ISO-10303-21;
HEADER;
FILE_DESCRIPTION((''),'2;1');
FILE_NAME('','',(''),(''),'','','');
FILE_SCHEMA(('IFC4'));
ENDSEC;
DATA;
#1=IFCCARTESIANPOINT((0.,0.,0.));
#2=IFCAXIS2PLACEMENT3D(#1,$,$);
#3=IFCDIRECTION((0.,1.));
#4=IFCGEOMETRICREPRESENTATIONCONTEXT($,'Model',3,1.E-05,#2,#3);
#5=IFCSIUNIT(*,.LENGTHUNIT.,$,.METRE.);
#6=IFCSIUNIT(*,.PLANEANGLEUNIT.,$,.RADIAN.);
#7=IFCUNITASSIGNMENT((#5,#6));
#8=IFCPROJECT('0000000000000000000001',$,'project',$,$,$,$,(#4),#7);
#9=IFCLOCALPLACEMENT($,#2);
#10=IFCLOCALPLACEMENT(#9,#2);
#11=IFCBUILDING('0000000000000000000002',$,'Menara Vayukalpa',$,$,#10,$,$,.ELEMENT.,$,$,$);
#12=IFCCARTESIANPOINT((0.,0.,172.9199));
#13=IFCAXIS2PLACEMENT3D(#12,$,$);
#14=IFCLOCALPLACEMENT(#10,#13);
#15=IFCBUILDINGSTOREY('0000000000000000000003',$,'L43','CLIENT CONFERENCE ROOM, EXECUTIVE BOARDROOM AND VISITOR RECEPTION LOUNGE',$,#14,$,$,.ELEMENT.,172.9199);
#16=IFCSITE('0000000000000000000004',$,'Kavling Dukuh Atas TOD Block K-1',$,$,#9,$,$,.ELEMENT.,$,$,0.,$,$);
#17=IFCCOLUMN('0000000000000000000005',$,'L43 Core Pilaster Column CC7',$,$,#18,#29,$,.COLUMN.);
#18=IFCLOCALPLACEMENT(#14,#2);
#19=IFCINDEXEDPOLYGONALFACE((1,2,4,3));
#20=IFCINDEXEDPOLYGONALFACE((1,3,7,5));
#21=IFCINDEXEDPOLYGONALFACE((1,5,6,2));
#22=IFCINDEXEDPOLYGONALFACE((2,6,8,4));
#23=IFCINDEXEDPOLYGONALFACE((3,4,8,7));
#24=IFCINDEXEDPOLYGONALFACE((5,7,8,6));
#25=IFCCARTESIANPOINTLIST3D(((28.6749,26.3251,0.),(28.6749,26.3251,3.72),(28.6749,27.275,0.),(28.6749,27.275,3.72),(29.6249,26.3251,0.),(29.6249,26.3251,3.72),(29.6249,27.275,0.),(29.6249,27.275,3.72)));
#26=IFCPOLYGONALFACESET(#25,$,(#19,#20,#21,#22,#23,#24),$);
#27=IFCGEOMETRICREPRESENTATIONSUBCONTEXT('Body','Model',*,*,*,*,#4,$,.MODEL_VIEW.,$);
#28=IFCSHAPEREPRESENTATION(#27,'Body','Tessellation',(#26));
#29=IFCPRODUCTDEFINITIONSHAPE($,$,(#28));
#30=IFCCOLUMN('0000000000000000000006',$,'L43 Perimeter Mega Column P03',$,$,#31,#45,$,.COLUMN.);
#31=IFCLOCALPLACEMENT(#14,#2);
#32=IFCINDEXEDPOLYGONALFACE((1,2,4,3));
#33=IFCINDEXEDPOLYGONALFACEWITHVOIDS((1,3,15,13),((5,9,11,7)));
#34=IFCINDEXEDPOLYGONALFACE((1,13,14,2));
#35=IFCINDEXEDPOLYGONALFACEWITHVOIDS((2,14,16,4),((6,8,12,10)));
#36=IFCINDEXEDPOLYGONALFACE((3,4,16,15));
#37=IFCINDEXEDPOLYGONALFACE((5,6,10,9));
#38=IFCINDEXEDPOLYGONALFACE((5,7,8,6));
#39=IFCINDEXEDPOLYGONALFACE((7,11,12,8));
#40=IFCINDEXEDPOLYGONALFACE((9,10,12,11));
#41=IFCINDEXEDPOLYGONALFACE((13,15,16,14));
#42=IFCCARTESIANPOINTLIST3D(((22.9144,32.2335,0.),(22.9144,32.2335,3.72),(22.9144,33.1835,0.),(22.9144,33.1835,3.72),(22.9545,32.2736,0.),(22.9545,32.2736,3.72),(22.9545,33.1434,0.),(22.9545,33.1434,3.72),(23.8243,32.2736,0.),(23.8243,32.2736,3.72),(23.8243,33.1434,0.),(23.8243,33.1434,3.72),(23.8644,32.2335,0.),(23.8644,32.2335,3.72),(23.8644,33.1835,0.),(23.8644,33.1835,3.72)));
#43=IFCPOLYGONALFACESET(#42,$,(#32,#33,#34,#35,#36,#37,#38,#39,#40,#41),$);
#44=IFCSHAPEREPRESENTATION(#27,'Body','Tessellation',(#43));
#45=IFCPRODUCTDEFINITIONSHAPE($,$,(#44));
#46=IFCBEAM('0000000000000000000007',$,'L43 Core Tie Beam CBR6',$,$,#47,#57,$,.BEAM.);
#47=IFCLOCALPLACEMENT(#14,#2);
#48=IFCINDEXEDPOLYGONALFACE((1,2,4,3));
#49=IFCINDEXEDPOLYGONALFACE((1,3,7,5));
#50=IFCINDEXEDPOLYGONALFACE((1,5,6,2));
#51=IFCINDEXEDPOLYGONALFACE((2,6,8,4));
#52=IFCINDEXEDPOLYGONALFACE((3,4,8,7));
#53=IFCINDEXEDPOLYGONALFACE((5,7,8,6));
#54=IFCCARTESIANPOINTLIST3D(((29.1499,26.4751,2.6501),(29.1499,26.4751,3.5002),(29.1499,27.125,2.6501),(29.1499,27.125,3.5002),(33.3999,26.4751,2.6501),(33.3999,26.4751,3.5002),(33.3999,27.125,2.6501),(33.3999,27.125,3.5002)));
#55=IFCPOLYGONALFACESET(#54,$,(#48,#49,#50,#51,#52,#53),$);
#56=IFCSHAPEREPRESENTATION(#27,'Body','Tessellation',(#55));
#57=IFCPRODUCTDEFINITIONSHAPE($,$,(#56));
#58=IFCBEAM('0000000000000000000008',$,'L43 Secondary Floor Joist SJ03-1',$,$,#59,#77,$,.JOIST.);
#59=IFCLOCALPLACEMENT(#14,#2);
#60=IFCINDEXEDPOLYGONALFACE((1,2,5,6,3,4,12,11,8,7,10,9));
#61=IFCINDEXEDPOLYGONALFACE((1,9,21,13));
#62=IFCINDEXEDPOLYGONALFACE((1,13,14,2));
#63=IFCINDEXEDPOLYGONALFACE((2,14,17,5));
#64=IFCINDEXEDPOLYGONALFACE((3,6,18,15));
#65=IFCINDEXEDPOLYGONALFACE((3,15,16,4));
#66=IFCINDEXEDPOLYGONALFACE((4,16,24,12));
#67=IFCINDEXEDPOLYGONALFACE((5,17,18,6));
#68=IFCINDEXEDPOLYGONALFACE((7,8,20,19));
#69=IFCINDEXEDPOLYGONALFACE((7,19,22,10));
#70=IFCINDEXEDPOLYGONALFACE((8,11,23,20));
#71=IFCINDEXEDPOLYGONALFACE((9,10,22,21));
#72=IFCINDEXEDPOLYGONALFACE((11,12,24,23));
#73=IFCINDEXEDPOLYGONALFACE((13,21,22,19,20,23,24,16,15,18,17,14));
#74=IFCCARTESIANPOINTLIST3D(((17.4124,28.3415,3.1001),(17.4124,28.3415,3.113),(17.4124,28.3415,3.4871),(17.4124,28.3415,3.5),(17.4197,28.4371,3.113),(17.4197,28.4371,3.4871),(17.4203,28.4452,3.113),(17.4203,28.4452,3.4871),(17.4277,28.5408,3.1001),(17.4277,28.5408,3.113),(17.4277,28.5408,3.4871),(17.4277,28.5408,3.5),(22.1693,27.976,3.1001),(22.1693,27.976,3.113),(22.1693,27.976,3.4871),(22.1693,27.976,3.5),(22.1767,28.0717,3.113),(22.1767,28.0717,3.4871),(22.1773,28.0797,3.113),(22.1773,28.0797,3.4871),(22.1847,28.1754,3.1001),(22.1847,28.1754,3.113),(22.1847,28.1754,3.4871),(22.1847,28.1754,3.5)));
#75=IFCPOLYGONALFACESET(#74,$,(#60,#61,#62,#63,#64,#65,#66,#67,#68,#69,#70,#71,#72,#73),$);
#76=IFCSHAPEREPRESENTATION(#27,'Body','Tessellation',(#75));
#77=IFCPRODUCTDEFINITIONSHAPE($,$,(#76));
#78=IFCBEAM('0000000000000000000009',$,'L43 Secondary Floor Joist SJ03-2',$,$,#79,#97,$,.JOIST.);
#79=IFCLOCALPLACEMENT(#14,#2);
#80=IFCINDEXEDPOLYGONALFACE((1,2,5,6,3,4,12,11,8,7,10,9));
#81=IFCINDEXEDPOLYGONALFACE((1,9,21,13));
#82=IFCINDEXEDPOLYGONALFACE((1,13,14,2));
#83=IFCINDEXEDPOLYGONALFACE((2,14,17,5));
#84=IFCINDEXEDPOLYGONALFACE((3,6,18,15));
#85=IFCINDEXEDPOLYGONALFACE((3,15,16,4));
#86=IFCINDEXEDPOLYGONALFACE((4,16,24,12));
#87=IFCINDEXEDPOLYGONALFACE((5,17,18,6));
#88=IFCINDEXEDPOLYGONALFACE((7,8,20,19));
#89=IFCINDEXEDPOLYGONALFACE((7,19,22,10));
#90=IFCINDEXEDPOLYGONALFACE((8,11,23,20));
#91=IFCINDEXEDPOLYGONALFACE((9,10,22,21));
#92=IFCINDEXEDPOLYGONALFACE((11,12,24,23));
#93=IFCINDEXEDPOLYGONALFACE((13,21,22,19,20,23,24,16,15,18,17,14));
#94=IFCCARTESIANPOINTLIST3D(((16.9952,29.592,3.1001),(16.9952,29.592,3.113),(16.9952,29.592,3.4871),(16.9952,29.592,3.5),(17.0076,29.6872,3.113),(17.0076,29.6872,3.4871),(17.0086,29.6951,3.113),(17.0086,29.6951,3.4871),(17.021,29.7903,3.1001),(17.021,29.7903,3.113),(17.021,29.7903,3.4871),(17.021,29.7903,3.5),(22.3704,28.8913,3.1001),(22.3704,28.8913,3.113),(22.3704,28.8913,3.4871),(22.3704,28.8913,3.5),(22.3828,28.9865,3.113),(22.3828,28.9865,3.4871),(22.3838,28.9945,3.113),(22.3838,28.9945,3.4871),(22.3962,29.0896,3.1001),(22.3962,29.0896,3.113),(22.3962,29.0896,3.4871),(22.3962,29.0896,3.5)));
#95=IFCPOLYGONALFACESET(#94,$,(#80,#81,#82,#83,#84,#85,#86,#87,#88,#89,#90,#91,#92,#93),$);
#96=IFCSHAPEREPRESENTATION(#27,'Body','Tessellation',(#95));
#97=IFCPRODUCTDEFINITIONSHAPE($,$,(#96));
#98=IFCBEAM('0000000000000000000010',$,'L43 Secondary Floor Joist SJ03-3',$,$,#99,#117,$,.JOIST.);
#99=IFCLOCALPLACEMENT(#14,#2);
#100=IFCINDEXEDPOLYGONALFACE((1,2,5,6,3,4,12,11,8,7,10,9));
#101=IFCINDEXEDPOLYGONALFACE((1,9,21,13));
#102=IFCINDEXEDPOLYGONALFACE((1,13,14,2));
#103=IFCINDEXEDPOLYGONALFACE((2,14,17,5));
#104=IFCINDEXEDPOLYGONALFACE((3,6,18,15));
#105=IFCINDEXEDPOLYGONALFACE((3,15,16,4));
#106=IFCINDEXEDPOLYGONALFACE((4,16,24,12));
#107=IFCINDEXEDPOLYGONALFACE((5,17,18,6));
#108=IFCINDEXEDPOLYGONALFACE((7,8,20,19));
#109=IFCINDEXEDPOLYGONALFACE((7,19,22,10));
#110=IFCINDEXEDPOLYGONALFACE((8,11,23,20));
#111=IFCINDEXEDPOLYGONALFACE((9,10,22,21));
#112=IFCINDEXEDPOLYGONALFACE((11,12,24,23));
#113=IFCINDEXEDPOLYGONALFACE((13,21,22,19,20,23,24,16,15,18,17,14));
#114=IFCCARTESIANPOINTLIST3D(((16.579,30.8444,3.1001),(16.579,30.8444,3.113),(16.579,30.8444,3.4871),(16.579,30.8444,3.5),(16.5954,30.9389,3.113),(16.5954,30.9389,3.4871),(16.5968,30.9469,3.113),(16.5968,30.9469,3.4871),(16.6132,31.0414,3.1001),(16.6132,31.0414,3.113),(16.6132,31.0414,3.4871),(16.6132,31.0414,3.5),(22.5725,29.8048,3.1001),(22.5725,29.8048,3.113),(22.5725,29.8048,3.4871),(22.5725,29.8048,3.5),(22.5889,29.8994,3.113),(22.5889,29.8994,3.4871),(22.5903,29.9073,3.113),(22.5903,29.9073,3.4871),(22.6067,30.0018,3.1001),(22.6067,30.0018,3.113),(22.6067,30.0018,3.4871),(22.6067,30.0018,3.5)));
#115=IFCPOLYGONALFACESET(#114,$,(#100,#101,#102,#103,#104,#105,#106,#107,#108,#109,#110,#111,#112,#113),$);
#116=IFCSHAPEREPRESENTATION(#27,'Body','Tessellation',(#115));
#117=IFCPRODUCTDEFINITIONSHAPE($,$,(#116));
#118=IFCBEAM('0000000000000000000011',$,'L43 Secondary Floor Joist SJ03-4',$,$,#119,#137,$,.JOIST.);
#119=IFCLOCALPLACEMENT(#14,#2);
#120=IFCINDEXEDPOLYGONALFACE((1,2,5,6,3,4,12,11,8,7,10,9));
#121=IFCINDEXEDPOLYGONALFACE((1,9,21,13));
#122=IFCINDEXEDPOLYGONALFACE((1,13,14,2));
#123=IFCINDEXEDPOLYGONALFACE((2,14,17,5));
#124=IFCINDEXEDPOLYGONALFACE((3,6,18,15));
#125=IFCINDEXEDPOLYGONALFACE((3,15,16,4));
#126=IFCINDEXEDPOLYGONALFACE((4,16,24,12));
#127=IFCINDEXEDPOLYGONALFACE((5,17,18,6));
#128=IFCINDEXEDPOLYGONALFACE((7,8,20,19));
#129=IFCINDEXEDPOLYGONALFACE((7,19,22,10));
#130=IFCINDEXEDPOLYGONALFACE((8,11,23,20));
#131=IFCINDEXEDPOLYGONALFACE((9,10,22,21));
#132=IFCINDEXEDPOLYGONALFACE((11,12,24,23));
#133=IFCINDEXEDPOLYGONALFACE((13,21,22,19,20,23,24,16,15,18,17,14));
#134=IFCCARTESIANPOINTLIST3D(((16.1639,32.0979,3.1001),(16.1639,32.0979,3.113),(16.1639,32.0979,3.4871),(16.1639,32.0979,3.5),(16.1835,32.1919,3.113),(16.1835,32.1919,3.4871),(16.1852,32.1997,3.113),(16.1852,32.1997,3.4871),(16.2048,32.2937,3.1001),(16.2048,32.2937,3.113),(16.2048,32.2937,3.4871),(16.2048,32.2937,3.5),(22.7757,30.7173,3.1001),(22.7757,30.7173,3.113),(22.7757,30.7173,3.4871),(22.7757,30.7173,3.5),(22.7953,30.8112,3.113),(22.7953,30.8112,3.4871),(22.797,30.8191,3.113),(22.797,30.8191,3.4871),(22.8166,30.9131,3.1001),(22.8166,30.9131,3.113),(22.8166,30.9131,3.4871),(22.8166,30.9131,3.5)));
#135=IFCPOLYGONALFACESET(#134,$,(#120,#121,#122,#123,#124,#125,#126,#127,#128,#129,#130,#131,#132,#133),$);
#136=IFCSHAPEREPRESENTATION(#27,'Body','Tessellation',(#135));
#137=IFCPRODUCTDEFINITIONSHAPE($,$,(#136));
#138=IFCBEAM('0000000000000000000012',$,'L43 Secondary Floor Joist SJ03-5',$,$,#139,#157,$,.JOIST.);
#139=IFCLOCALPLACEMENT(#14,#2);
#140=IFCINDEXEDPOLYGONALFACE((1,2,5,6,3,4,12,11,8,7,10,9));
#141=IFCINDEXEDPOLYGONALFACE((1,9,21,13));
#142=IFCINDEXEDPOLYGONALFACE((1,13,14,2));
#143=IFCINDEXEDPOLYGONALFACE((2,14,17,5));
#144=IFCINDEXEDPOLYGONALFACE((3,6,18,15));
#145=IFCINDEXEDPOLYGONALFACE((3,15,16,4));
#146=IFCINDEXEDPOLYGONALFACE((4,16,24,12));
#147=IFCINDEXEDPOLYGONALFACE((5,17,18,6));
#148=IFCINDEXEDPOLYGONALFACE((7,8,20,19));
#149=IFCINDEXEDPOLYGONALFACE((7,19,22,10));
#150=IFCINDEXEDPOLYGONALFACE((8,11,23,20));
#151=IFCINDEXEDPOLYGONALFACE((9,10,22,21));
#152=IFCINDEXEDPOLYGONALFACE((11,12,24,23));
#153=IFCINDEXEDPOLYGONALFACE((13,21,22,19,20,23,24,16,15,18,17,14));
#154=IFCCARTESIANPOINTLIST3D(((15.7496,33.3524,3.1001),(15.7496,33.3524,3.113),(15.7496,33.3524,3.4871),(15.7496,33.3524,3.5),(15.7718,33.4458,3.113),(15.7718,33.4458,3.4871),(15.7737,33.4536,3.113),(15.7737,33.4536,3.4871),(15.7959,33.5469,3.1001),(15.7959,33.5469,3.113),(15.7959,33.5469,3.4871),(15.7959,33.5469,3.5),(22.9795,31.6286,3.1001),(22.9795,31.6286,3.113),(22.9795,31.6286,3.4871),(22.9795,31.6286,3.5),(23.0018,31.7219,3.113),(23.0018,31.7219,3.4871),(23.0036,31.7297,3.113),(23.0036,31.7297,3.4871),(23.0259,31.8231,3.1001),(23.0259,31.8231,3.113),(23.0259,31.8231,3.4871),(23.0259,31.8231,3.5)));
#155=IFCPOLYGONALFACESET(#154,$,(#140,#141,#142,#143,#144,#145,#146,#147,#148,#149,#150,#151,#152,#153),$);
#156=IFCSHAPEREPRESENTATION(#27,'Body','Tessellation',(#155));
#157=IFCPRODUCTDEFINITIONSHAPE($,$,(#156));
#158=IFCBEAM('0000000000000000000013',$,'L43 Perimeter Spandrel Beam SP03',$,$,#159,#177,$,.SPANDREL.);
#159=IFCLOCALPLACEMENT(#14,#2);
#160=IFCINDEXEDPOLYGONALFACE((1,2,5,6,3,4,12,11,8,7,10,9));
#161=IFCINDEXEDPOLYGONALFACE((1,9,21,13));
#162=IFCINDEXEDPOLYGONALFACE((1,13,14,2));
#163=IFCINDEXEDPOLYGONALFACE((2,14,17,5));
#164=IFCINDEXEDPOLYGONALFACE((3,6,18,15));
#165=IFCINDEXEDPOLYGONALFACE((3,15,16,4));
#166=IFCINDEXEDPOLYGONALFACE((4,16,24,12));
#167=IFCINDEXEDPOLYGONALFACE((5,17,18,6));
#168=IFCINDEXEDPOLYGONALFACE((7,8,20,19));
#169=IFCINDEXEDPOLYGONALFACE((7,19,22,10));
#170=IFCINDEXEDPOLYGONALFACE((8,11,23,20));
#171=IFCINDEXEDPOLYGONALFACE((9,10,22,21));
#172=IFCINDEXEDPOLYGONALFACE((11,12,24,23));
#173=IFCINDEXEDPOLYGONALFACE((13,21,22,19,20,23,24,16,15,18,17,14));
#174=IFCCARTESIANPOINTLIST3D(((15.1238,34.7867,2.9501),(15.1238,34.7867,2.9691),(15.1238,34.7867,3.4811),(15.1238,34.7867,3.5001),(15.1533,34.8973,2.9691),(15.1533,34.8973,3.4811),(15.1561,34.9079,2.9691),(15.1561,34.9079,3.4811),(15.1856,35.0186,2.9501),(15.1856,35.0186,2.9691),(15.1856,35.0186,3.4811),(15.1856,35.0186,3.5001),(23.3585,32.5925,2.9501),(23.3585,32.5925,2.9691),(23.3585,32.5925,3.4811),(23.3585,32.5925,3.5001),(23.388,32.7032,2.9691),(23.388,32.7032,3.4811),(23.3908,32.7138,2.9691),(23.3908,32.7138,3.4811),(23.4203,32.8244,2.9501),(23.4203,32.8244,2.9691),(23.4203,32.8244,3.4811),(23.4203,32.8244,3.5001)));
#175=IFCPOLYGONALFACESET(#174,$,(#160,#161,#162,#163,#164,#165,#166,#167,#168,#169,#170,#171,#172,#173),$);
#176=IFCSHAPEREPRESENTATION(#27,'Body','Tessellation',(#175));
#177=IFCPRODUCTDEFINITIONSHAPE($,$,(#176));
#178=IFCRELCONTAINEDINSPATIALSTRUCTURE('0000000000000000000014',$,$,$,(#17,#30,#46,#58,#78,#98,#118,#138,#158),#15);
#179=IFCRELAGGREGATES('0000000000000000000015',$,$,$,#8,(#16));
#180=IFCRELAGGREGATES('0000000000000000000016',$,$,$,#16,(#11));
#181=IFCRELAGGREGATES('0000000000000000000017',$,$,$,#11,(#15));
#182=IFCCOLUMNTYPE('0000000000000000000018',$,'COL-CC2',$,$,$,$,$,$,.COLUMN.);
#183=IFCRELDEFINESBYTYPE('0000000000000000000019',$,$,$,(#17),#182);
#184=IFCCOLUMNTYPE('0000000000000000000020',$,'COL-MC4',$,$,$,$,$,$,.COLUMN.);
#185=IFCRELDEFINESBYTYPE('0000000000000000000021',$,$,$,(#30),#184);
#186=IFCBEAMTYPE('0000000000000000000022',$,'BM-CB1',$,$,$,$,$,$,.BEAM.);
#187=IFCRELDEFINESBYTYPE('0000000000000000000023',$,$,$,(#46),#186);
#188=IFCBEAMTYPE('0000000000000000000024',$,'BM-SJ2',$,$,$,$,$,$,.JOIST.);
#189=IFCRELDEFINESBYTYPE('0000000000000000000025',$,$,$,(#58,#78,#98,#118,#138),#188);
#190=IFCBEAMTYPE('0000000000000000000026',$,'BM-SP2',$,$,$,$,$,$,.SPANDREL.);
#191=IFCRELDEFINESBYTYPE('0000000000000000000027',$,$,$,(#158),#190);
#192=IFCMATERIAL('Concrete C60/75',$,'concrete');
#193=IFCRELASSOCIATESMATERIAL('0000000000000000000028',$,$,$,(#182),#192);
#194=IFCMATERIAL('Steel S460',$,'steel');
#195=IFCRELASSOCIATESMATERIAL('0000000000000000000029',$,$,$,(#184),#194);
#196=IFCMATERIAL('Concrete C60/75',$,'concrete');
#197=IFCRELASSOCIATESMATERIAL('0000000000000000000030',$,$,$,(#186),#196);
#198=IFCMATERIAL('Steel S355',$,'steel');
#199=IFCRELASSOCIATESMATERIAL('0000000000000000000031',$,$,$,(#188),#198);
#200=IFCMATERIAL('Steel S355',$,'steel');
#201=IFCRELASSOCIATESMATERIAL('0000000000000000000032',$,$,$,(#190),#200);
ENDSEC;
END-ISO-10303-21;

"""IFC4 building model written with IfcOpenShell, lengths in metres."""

from ifc_helpers import new_model, si_unit, direction, frame, origin, origin_2d, place, context, subcontext, project, spatial, rectangle, hollow_rectangle, i_section, extrude, material, material_profile, profile_set, type_object, element, save


model = new_model("IFC4")

# Units and contexts
model_context = context("Model", 3, precision=1e-05, world=origin(), true_north=direction((0.0, 1.0)))
body_context = subcontext(model_context, "Body", "Model", "MODEL_VIEW")
ifc_project = project(units=[si_unit("LENGTHUNIT", "METRE"), si_unit("PLANEANGLEUNIT", "RADIAN")], contexts=[model_context])

# Site, building, storey
site_placement = place(None, origin())
site = spatial("IfcSite", under=ifc_project, at=site_placement, Name="Kavling Dukuh Atas TOD Block K-1", CompositionType="ELEMENT", RefElevation=0.0)
building_placement = place(site_placement, origin())
building = spatial("IfcBuilding", under=site, at=building_placement, Name="Menara Vayukalpa", CompositionType="ELEMENT")
storey_placement = place(building_placement, frame((0.0, 0.0, 172.9199)))
storey = spatial("IfcBuildingStorey", under=building, at=storey_placement, Name="L43", Description="CLIENT CONFERENCE ROOM, EXECUTIVE BOARDROOM AND VISITOR RECEPTION LOUNGE", CompositionType="ELEMENT", Elevation=172.9199)

# Columns
ifc_material_1 = material(Name="Concrete C60/75", Category="concrete")
ifc_material_profile_1 = material_profile(ifc_material_1, rectangle(XDim=0.95, YDim=0.95, at=origin_2d()), Name="RC 950x950")
ifc_profile_set_1 = profile_set([ifc_material_profile_1], Name="Concrete C60/75")
column_type_1 = type_object("IfcColumnType", Name="COL-CC2", PredefinedType="COLUMN", material=ifc_profile_set_1)
column_1_placement = place(storey_placement, frame((29.1499, 26.8, 0.0), z_axis=(0.0, 0.0, 1.0), x_axis=(1.0, 0.0, 0.0)))
element("IfcColumn", 1, at=column_1_placement, inside=storey, type_object=column_type_1, Name="L43 Core Pilaster Column CC7", PredefinedType="COLUMN", context=body_context, shape_type="SweptSolid", body=[
    extrude(rectangle(XDim=0.95, YDim=0.95, at=origin_2d()), origin(), (0.0, 0.0, 1.0), 3.72),
])
ifc_material_2 = material(Name="Steel S460", Category="steel")
ifc_material_profile_2 = material_profile(ifc_material_2, hollow_rectangle(XDim=0.95, YDim=0.95, WallThickness=0.04, at=origin_2d()), Name="BOX 950x950x40")
ifc_profile_set_2 = profile_set([ifc_material_profile_2], Name="Steel S460")
column_type_2 = type_object("IfcColumnType", Name="COL-MC4", PredefinedType="COLUMN", material=ifc_profile_set_2)
column_2_placement = place(storey_placement, frame((23.3894, 32.7085, 0.0), z_axis=(0.0, 0.0, 1.0), x_axis=(1.0, 0.0, 0.0)))
element("IfcColumn", 2, at=column_2_placement, inside=storey, type_object=column_type_2, Name="L43 Perimeter Mega Column P03", PredefinedType="COLUMN", context=body_context, shape_type="SweptSolid", body=[
    extrude(hollow_rectangle(XDim=0.95, YDim=0.95, WallThickness=0.04, at=origin_2d()), origin(), (0.0, 0.0, 1.0), 3.72),
])

# Beams
ifc_material_3 = material(Name="Concrete C60/75", Category="concrete")
ifc_material_profile_3 = material_profile(ifc_material_3, rectangle(XDim=0.6499, YDim=0.8501, at=origin_2d()), Name="RC 650x850")
ifc_profile_set_3 = profile_set([ifc_material_profile_3], Name="Concrete C60/75")
beam_type_1 = type_object("IfcBeamType", Name="BM-CB1", PredefinedType="BEAM", material=ifc_profile_set_3)
beam_1_placement = place(storey_placement, frame((29.1499, 26.8, 3.0752), z_axis=(1.0, 0.0, 0.0), x_axis=(0.0, 1.0, 0.0)))
element("IfcBeam", 3, at=beam_1_placement, inside=storey, type_object=beam_type_1, Name="L43 Core Tie Beam CBR6", PredefinedType="BEAM", context=body_context, shape_type="SweptSolid", body=[
    extrude(rectangle(XDim=0.6499, YDim=0.8501, at=origin_2d()), origin(), (0.0, 0.0, 1.0), 4.25),
])
ifc_material_4 = material(Name="Steel S355", Category="steel")
ifc_material_profile_4 = material_profile(ifc_material_4, i_section(OverallWidth=0.2, OverallDepth=0.3999, WebThickness=0.0081, FlangeThickness=0.0129, at=origin_2d()), Name="WF 400x200x8x13")
ifc_profile_set_4 = profile_set([ifc_material_profile_4], Name="Steel S355")
beam_type_2 = type_object("IfcBeamType", Name="BM-SJ2", PredefinedType="JOIST", material=ifc_profile_set_4)
beam_2_placement = place(storey_placement, frame((22.177, 28.0757, 3.3), z_axis=(-0.997062, 0.076603, 0.0), x_axis=(-0.076603, -0.997062, 0.0)))
element("IfcBeam", 4, at=beam_2_placement, inside=storey, type_object=beam_type_2, Name="L43 Secondary Floor Joist SJ03-1", PredefinedType="JOIST", context=body_context, shape_type="SweptSolid", body=[
    extrude(i_section(OverallWidth=0.2, OverallDepth=0.3999, WebThickness=0.0081, FlangeThickness=0.0129, at=origin_2d()), origin(), (0.0, 0.0, 1.0), 4.771),
])
beam_3_placement = place(storey_placement, frame((22.3833, 28.9905, 3.3), z_axis=(-0.991611, 0.12926, 0.0), x_axis=(-0.12926, -0.991611, 0.0)))
element("IfcBeam", 5, at=beam_3_placement, inside=storey, type_object=beam_type_2, Name="L43 Secondary Floor Joist SJ03-2", PredefinedType="JOIST", context=body_context, shape_type="SweptSolid", body=[
    extrude(i_section(OverallWidth=0.2, OverallDepth=0.3999, WebThickness=0.0081, FlangeThickness=0.0129, at=origin_2d()), origin(), (0.0, 0.0, 1.0), 5.4207),
])
beam_4_placement = place(storey_placement, frame((22.5896, 29.9033, 3.3), z_axis=(-0.985289, 0.170897, 0.0), x_axis=(-0.170897, -0.985289, 0.0)))
element("IfcBeam", 6, at=beam_4_placement, inside=storey, type_object=beam_type_2, Name="L43 Secondary Floor Joist SJ03-3", PredefinedType="JOIST", context=body_context, shape_type="SweptSolid", body=[
    extrude(i_section(OverallWidth=0.2, OverallDepth=0.3999, WebThickness=0.0081, FlangeThickness=0.0129, at=origin_2d()), origin(), (0.0, 0.0, 1.0), 6.083),
])
beam_5_placement = place(storey_placement, frame((22.7961, 30.8152, 3.3), z_axis=(-0.978887, 0.204402, 0.0), x_axis=(-0.204402, -0.978887, 0.0)))
element("IfcBeam", 7, at=beam_5_placement, inside=storey, type_object=beam_type_2, Name="L43 Secondary Floor Joist SJ03-4", PredefinedType="JOIST", context=body_context, shape_type="SweptSolid", body=[
    extrude(i_section(OverallWidth=0.2, OverallDepth=0.3999, WebThickness=0.0081, FlangeThickness=0.0129, at=origin_2d()), origin(), (0.0, 0.0, 1.0), 6.7544),
])
beam_6_placement = place(storey_placement, frame((23.0027, 31.7258, 3.3), z_axis=(-0.972732, 0.231933, 0.0), x_axis=(-0.231933, -0.972732, 0.0)))
element("IfcBeam", 8, at=beam_6_placement, inside=storey, type_object=beam_type_2, Name="L43 Secondary Floor Joist SJ03-5", PredefinedType="JOIST", context=body_context, shape_type="SweptSolid", body=[
    extrude(i_section(OverallWidth=0.2, OverallDepth=0.3999, WebThickness=0.0081, FlangeThickness=0.0129, at=origin_2d()), origin(), (0.0, 0.0, 1.0), 7.4326),
])
ifc_material_5 = material(Name="Steel S355", Category="steel")
ifc_material_profile_5 = material_profile(ifc_material_5, i_section(OverallWidth=0.24, OverallDepth=0.55, WebThickness=0.011, FlangeThickness=0.019, at=origin_2d()), Name="WF 550x240x11x19")
ifc_profile_set_5 = profile_set([ifc_material_profile_5], Name="Steel S355")
beam_type_3 = type_object("IfcBeamType", Name="BM-SP2", PredefinedType="SPANDREL", material=ifc_profile_set_5)
beam_7_placement = place(storey_placement, frame((23.3894, 32.7085, 3.2251), z_axis=(-0.966288, 0.257465, 0.0), x_axis=(-0.257465, -0.966288, 0.0)))
element("IfcBeam", 9, at=beam_7_placement, inside=storey, type_object=beam_type_3, Name="L43 Perimeter Spandrel Beam SP03", PredefinedType="SPANDREL", context=body_context, shape_type="SweptSolid", body=[
    extrude(i_section(OverallWidth=0.24, OverallDepth=0.55, WebThickness=0.011, FlangeThickness=0.019, at=origin_2d()), origin(), (0.0, 0.0, 1.0), 8.522),
])

save(model, "model.ifc")
